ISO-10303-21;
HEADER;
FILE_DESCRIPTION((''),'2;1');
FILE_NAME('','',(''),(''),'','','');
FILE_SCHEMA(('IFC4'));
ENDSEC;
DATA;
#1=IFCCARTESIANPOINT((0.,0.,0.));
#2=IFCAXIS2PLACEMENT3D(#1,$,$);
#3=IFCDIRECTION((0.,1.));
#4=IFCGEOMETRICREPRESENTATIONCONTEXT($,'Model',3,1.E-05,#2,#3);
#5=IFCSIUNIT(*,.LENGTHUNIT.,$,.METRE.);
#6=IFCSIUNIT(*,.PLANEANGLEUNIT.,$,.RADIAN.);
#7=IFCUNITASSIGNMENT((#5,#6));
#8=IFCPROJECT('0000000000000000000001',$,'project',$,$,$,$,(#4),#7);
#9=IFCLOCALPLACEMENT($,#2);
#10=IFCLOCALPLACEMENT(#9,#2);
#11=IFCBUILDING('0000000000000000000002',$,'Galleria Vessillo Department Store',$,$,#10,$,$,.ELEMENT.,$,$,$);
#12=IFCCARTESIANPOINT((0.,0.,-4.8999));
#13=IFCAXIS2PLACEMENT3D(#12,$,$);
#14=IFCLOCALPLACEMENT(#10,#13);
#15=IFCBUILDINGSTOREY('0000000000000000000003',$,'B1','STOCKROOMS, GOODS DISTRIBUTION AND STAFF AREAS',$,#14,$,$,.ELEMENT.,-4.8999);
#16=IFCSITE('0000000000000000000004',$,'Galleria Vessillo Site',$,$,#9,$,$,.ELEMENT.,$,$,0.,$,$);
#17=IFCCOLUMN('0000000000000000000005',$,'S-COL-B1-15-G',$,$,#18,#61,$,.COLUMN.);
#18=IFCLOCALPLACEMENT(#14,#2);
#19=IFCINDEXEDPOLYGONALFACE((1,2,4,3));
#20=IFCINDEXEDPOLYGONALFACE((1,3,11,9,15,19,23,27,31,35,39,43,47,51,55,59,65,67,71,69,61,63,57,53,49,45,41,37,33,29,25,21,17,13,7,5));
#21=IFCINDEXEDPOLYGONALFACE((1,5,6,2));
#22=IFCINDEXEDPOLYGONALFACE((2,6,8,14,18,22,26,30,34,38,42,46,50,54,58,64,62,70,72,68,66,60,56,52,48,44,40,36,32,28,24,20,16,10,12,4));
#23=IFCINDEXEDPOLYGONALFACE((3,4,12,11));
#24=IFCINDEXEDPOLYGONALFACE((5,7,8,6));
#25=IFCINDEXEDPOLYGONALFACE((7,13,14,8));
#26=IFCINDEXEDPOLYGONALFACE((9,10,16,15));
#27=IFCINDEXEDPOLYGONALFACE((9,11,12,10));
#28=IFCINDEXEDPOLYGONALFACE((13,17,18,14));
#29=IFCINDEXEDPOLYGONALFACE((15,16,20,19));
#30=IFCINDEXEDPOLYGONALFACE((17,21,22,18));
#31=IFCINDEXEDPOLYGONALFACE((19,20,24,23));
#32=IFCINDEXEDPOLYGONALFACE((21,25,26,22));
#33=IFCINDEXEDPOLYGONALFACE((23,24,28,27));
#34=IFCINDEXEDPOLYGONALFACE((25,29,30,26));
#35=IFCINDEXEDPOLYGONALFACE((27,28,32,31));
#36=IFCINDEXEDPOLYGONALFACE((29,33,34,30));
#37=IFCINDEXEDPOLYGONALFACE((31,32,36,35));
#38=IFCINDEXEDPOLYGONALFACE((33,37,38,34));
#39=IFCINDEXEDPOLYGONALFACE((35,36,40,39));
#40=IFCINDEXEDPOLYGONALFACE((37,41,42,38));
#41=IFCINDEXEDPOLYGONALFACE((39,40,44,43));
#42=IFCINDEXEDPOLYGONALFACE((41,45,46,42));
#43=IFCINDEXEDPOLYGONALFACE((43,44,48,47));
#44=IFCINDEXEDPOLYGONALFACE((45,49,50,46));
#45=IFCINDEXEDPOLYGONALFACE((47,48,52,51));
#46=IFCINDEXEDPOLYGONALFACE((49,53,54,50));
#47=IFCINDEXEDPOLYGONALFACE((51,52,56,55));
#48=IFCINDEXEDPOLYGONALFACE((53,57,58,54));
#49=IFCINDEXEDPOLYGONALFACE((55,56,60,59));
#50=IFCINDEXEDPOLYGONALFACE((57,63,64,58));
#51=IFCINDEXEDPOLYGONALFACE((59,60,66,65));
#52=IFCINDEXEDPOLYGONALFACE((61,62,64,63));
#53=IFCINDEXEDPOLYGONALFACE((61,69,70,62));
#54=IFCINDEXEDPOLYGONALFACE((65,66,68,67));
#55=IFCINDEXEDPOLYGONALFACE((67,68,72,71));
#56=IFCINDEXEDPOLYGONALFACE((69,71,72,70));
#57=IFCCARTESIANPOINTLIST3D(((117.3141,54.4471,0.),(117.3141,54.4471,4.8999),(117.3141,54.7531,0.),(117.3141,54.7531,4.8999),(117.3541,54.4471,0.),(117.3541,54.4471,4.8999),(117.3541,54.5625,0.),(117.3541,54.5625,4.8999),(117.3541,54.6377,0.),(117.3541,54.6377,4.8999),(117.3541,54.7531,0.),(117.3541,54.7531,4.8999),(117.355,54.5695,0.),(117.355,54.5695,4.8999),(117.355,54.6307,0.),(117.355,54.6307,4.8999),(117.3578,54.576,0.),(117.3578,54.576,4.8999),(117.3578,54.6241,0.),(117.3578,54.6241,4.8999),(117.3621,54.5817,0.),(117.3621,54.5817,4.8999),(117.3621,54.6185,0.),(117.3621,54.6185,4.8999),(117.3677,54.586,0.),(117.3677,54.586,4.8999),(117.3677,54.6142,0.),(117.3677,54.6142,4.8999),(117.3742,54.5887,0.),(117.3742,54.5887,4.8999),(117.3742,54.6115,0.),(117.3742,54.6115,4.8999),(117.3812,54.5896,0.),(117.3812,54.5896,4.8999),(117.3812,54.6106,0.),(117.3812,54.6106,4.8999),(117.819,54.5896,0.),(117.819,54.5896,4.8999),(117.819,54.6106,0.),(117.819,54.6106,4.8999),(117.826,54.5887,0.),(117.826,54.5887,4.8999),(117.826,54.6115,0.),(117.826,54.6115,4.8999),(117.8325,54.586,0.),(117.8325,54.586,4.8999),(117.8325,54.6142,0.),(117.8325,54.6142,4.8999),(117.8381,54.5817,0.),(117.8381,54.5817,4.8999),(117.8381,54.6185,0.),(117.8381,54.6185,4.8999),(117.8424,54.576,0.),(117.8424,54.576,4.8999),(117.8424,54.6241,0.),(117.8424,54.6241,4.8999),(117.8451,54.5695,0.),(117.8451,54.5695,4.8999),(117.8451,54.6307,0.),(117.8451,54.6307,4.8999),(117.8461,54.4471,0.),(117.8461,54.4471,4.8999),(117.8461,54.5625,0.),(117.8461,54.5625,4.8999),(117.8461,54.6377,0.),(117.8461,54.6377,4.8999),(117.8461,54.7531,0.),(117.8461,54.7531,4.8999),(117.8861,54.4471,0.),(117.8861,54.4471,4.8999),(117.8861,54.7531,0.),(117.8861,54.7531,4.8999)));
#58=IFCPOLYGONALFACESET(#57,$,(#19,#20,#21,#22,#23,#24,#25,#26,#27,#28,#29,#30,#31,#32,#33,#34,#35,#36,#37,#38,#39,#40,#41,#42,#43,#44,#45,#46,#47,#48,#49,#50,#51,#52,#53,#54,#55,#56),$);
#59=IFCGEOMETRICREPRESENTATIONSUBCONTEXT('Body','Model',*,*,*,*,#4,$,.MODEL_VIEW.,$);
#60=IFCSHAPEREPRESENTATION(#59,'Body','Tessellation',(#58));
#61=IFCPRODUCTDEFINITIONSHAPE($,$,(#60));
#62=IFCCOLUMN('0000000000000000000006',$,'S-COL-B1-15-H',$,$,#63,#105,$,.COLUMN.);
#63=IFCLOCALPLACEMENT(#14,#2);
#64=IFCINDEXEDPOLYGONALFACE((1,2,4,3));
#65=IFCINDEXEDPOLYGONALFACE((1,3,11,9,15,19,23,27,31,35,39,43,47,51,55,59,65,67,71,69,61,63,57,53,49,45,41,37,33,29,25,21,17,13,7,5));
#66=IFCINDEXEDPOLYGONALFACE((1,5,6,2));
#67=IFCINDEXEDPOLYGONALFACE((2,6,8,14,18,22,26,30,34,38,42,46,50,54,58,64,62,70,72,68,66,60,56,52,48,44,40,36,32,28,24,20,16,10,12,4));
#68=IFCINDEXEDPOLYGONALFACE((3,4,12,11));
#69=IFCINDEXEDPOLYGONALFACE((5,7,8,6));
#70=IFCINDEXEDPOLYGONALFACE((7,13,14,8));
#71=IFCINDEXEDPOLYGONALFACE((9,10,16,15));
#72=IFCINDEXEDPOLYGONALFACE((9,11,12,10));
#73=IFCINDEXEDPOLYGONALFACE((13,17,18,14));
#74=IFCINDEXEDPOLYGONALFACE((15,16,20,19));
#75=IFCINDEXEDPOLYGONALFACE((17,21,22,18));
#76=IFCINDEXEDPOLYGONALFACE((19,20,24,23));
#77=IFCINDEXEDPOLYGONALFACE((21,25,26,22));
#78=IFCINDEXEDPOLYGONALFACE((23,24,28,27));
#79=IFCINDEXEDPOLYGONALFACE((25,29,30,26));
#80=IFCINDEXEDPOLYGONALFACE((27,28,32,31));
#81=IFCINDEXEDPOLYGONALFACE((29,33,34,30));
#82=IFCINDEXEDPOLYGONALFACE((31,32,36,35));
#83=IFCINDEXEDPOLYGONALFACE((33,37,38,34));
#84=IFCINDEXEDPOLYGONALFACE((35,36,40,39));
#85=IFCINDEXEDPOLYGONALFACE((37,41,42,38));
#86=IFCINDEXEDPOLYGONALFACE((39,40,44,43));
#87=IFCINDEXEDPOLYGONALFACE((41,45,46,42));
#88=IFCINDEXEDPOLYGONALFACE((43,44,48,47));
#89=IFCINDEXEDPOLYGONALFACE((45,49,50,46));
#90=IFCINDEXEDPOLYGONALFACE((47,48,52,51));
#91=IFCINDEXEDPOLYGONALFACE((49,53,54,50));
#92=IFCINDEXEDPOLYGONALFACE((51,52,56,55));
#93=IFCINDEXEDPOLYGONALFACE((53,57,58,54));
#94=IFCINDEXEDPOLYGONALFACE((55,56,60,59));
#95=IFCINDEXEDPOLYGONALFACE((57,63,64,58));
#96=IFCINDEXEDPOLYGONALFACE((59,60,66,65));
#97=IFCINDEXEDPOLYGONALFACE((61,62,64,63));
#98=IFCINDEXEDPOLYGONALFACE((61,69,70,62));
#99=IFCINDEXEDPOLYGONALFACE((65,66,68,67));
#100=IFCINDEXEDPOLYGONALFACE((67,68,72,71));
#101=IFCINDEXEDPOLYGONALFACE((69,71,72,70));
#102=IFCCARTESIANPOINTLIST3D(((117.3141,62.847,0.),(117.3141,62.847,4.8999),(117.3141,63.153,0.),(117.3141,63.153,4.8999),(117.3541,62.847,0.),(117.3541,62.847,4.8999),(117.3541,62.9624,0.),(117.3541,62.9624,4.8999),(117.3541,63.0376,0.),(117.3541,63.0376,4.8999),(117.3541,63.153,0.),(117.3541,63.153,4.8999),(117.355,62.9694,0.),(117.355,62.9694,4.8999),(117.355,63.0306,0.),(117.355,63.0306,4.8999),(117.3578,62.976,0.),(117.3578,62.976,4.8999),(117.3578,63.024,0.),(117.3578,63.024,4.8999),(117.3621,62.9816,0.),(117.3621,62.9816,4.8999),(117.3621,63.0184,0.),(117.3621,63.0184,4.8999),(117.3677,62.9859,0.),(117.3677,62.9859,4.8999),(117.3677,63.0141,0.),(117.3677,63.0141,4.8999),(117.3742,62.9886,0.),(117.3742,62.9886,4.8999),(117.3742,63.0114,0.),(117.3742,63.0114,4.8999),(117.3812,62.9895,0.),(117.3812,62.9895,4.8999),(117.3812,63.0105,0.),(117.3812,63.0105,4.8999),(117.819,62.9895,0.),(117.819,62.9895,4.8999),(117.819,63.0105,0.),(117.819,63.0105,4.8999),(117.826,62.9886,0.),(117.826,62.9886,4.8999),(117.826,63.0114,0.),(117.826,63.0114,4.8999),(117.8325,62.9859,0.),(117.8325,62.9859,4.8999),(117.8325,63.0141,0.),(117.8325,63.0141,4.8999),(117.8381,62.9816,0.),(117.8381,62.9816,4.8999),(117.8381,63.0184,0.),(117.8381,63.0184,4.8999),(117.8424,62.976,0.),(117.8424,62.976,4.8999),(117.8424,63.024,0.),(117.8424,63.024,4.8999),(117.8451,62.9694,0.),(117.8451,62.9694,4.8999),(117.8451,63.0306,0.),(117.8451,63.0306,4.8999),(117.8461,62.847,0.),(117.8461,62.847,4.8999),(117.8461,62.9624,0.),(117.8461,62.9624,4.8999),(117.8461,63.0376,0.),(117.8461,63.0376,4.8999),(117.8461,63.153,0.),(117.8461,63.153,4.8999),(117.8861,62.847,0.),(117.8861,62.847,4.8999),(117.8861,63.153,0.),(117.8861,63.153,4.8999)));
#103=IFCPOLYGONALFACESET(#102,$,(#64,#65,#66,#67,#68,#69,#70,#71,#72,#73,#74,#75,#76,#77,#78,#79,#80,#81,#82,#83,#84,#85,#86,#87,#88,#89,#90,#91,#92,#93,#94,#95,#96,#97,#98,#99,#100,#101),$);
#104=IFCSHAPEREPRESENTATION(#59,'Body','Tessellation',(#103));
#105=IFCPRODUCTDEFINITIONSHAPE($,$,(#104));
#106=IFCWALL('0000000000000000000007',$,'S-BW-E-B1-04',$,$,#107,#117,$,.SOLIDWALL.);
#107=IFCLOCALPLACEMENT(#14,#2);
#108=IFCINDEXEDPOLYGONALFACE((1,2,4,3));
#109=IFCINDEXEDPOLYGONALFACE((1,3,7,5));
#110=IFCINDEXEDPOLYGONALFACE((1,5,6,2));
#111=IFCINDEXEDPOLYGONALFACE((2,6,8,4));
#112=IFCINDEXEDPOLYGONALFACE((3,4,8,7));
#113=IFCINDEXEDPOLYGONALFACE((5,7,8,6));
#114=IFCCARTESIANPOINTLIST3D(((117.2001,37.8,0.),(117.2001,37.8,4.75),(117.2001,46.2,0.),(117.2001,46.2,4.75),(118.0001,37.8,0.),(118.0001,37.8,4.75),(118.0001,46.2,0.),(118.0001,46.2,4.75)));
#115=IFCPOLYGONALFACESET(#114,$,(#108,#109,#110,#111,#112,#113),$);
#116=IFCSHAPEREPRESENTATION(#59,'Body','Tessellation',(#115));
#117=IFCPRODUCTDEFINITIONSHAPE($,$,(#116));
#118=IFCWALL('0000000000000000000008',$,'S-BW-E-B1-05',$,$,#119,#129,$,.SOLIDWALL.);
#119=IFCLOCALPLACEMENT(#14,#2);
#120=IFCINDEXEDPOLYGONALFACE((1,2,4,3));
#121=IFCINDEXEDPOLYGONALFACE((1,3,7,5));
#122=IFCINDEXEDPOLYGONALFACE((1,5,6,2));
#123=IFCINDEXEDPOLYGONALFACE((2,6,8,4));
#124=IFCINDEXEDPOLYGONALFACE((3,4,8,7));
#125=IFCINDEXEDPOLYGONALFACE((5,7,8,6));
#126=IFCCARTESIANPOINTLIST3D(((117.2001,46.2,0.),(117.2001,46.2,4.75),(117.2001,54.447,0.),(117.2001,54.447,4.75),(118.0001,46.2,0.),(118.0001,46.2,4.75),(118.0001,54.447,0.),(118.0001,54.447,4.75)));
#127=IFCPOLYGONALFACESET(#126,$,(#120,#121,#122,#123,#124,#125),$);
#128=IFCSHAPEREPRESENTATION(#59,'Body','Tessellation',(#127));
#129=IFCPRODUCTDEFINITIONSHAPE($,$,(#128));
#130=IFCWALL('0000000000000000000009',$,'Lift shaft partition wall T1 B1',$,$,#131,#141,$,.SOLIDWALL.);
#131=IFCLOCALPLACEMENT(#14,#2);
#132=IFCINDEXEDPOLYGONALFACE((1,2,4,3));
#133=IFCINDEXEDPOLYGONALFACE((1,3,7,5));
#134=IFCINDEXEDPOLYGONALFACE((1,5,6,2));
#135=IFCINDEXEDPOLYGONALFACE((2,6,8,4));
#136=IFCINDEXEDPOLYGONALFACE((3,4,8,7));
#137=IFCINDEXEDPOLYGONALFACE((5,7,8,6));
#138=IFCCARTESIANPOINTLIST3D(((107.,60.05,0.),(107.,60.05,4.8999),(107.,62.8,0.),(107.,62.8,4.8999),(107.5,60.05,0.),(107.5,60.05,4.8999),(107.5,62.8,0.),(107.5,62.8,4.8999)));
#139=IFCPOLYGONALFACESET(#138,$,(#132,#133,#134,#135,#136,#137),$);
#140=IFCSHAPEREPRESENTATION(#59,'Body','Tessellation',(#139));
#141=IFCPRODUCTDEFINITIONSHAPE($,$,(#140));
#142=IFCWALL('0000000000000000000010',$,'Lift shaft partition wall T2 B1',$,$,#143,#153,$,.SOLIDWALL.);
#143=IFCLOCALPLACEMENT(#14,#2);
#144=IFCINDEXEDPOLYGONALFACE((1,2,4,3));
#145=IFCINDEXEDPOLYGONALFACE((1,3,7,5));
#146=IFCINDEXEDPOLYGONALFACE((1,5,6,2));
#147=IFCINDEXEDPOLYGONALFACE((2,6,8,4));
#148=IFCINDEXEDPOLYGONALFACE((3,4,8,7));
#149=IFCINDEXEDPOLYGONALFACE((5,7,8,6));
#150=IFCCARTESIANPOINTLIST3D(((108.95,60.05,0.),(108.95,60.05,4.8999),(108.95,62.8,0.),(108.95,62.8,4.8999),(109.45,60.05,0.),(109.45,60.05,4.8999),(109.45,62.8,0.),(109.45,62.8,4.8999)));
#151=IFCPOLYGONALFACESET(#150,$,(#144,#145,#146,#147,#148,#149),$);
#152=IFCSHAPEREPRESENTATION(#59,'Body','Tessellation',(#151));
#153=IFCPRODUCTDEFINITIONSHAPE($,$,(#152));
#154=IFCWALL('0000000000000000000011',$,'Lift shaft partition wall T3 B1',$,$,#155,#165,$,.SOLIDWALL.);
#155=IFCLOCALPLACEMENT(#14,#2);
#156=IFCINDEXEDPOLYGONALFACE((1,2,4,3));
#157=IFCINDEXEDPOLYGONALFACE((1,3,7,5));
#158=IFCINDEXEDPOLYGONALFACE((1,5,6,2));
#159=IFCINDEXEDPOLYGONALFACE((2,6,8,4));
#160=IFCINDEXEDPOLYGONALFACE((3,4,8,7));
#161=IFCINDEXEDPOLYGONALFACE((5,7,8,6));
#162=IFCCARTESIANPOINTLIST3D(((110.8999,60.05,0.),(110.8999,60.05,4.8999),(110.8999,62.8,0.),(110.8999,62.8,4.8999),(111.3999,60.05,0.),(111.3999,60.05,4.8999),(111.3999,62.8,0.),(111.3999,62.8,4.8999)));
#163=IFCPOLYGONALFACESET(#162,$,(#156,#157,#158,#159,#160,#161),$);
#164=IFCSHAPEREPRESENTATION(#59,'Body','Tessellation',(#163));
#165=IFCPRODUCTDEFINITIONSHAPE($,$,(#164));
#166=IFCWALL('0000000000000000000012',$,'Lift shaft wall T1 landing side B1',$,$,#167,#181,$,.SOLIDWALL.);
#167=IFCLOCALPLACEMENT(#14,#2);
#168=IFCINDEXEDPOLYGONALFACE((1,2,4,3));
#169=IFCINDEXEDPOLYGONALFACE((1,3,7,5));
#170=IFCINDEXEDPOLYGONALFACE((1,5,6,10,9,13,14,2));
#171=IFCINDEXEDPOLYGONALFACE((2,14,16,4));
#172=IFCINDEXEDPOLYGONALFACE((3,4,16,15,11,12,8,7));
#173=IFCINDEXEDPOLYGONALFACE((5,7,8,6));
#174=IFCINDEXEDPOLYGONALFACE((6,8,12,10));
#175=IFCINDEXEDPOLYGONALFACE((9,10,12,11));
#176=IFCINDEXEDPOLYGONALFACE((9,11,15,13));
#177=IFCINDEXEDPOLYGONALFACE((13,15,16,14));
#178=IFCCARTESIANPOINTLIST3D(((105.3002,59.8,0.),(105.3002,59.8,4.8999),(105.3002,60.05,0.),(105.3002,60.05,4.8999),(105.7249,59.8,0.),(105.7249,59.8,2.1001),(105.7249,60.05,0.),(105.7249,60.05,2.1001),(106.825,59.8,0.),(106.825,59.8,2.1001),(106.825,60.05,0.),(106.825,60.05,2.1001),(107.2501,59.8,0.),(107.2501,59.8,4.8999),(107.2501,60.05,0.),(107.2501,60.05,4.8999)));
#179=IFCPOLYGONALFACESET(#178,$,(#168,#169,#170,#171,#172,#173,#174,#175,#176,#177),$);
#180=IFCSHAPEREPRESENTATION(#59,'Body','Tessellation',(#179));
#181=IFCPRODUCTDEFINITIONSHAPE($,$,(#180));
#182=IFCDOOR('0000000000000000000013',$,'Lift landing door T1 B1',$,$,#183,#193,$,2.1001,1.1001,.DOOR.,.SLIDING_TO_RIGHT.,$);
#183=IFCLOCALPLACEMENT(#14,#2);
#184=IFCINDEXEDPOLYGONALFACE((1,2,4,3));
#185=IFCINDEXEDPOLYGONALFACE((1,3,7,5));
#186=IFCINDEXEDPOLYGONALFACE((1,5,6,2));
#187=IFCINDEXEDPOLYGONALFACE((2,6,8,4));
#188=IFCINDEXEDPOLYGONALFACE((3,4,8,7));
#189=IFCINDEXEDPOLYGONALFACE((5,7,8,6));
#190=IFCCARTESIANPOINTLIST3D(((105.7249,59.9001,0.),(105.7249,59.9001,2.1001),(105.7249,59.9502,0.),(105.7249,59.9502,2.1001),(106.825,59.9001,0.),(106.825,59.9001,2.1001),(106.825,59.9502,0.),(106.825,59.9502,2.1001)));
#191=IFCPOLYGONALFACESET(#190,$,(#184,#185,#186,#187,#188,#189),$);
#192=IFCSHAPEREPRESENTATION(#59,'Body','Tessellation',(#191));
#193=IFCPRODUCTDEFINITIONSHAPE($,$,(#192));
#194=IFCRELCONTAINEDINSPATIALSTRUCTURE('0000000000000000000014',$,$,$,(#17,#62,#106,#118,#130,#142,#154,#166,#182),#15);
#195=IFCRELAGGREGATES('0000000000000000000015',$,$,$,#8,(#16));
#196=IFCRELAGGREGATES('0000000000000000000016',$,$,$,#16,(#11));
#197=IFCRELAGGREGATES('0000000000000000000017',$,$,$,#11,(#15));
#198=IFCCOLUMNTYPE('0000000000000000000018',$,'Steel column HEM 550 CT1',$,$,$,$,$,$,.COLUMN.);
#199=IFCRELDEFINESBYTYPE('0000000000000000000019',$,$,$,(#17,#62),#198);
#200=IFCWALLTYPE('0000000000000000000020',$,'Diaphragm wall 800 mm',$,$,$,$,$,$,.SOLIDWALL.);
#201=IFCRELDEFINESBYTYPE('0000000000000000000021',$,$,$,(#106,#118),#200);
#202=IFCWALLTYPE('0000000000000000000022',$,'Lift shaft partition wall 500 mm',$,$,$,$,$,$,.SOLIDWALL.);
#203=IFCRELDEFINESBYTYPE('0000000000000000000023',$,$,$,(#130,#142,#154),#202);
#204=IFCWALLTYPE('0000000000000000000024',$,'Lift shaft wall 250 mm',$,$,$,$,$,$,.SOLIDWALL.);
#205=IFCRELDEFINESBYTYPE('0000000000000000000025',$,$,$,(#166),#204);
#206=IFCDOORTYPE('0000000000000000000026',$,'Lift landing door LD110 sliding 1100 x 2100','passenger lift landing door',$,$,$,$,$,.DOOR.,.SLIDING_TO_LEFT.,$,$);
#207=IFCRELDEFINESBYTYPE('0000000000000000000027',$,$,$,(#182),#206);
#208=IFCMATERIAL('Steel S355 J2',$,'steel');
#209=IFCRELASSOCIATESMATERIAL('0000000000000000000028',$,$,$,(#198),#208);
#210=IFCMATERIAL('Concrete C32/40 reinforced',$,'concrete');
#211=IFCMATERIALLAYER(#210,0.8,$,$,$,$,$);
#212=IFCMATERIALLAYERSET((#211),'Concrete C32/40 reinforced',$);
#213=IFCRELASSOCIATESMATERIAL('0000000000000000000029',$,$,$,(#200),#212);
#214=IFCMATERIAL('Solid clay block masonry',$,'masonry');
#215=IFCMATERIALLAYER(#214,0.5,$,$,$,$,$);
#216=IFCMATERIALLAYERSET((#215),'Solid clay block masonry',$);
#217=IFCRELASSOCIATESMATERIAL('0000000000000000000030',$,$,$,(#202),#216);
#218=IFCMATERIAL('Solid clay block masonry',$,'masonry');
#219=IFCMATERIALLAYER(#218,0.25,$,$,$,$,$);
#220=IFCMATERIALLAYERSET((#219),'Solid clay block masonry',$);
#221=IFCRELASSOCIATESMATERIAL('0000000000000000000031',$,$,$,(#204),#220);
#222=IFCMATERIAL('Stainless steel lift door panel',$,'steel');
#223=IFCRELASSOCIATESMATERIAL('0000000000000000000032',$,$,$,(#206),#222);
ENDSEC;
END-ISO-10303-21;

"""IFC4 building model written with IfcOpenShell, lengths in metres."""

from ifc_helpers import new_model, si_unit, direction, frame, frame_2d, origin, origin_2d, place, context, subcontext, project, spatial, rectangle, i_section, extrude, material, layer, layer_set, material_profile, profile_set, type_object, element, fill, save


model = new_model("IFC4")

# Units and contexts
model_context = context("Model", 3, precision=1e-05, world=origin(), true_north=direction((0.0, 1.0)))
body_context = subcontext(model_context, "Body", "Model", "MODEL_VIEW")
ifc_project = project(units=[si_unit("LENGTHUNIT", "METRE"), si_unit("PLANEANGLEUNIT", "RADIAN")], contexts=[model_context])

# Site, building, storey
site_placement = place(None, origin())
site = spatial("IfcSite", under=ifc_project, at=site_placement, Name="Galleria Vessillo Site", CompositionType="ELEMENT", RefElevation=0.0)
building_placement = place(site_placement, origin())
building = spatial("IfcBuilding", under=site, at=building_placement, Name="Galleria Vessillo Department Store", CompositionType="ELEMENT")
storey_placement = place(building_placement, frame((0.0, 0.0, -4.8999)))
storey = spatial("IfcBuildingStorey", under=building, at=storey_placement, Name="B1", Description="STOCKROOMS, GOODS DISTRIBUTION AND STAFF AREAS", CompositionType="ELEMENT", Elevation=-4.8999)

# Columns
ifc_material_1 = material(Name="Steel S355 J2", Category="steel")
ifc_material_profile = material_profile(ifc_material_1, i_section(OverallWidth=0.3059, OverallDepth=0.572, WebThickness=0.021, FlangeThickness=0.04, FilletRadius=0.0271, at=origin_2d()), Name="HEM 550")
ifc_profile_set = profile_set([ifc_material_profile], Name="Steel S355 J2")
column_type = type_object("IfcColumnType", Name="Steel column HEM 550 CT1", PredefinedType="COLUMN", material=ifc_profile_set)
for number, where, z_axis, x_axis, name in (
    (1, (117.6001, 54.6001, 0.0), (0.0, 0.0, 1.0), (0.0, 1.0, 0.0), "S-COL-B1-15-G"),
    (2, (117.6001, 63.0, 0.0), (0.0, 0.0, 1.0), (0.0, 1.0, 0.0), "S-COL-B1-15-H"),
):
    element("IfcColumn", number, at=place(storey_placement, frame(where, z_axis=z_axis, x_axis=x_axis)), inside=storey, type_object=column_type, Name=name, PredefinedType="COLUMN", context=body_context, shape_type="SweptSolid", body=[
        extrude(i_section(OverallWidth=0.3059, OverallDepth=0.572, WebThickness=0.021, FlangeThickness=0.04, FilletRadius=0.0271, at=origin_2d()), origin(), (0.0, 0.0, 1.0), 4.8999),
    ])

# Walls
ifc_material_2 = material(Name="Concrete C32/40 reinforced", Category="concrete")
ifc_layer_1 = layer(ifc_material_2, 0.8)
ifc_layer_set_1 = layer_set([ifc_layer_1], Name="Concrete C32/40 reinforced")
wall_type_1 = type_object("IfcWallType", Name="Diaphragm wall 800 mm", PredefinedType="SOLIDWALL", material=ifc_layer_set_1)
wall_1_placement = place(storey_placement, frame((117.6001, 37.8, 0.0), z_axis=(0.0, 0.0, 1.0), x_axis=(0.0, 1.0, 0.0)))
element("IfcWall", 3, at=wall_1_placement, inside=storey, type_object=wall_type_1, Name="S-BW-E-B1-04", PredefinedType="SOLIDWALL", context=body_context, shape_type="SweptSolid", body=[
    extrude(rectangle(XDim=8.3999, YDim=0.8, at=frame_2d((4.2, 0.0))), origin(), (0.0, 0.0, 1.0), 4.75),
])
wall_2_placement = place(storey_placement, frame((117.6001, 46.2, 0.0), z_axis=(0.0, 0.0, 1.0), x_axis=(0.0, 1.0, 0.0)))
element("IfcWall", 4, at=wall_2_placement, inside=storey, type_object=wall_type_1, Name="S-BW-E-B1-05", PredefinedType="SOLIDWALL", context=body_context, shape_type="SweptSolid", body=[
    extrude(rectangle(XDim=8.2471, YDim=0.8, at=frame_2d((4.1235, 0.0))), origin(), (0.0, 0.0, 1.0), 4.75),
])
ifc_material_3 = material(Name="Solid clay block masonry", Category="masonry")
ifc_layer_2 = layer(ifc_material_3, 0.5)
ifc_layer_set_2 = layer_set([ifc_layer_2], Name="Solid clay block masonry")
wall_type_2 = type_object("IfcWallType", Name="Lift shaft partition wall 500 mm", PredefinedType="SOLIDWALL", material=ifc_layer_set_2)
for number, where, z_axis, x_axis, name in (
    (5, (107.25, 62.8, 0.0), (0.0, 0.0, 1.0), (0.0, -1.0, 0.0), "Lift shaft partition wall T1 B1"),
    (6, (109.2, 62.8, 0.0), (0.0, 0.0, 1.0), (0.0, -1.0, 0.0), "Lift shaft partition wall T2 B1"),
    (7, (111.1499, 62.8, 0.0), (0.0, 0.0, 1.0), (0.0, -1.0, 0.0), "Lift shaft partition wall T3 B1"),
):
    element("IfcWall", number, at=place(storey_placement, frame(where, z_axis=z_axis, x_axis=x_axis)), inside=storey, type_object=wall_type_2, Name=name, PredefinedType="SOLIDWALL", context=body_context, shape_type="SweptSolid", body=[
        extrude(rectangle(XDim=2.75, YDim=0.5, at=frame_2d((1.375, 0.0))), origin(), (0.0, 0.0, 1.0), 4.8999),
    ])

# Wall, opening, door
ifc_material_4 = material(Name="Solid clay block masonry", Category="masonry")
ifc_layer_3 = layer(ifc_material_4, 0.25)
ifc_layer_set_3 = layer_set([ifc_layer_3], Name="Solid clay block masonry")
wall_type_3 = type_object("IfcWallType", Name="Lift shaft wall 250 mm", PredefinedType="SOLIDWALL", material=ifc_layer_set_3)
wall_3_placement = place(storey_placement, frame((105.3, 59.925, 0.0), z_axis=(0.0, 0.0, 1.0), x_axis=(1.0, 0.0, 0.0)))
wall_3 = element("IfcWall", 8, at=wall_3_placement, inside=storey, type_object=wall_type_3, Name="Lift shaft wall T1 landing side B1", PredefinedType="SOLIDWALL", context=body_context, shape_type="SweptSolid", body=[
    extrude(rectangle(XDim=1.95, YDim=0.25, at=frame_2d((0.9751, 0.0))), origin(), (0.0, 0.0, 1.0), 4.8999),
])
opening_1_placement = place(wall_3_placement, frame((0.4248, 0.0, 0.0)))
opening_1 = element("IfcOpeningElement", 9, at=opening_1_placement, cuts=wall_3, PredefinedType="OPENING", context=body_context, shape_type="SweptSolid", body=[
    extrude(rectangle(XDim=1.1001, YDim=2.1001, at=frame_2d((0.55, 1.05))), frame((0.0, 0.135, 0.0), z_axis=(0.0, -1.0, 0.0), x_axis=(1.0, 0.0, 0.0)), (0.0, 0.0, 1.0), 0.27),
])
ifc_material_5 = material(Name="Stainless steel lift door panel", Category="steel")
door_type = type_object("IfcDoorType", Name="Lift landing door LD110 sliding 1100 x 2100", Description="passenger lift landing door", OperationType="SLIDING_TO_LEFT", PredefinedType="DOOR", material=ifc_material_5)
door_1_placement = place(opening_1_placement, frame((1.1001, 0.0, 0.0), z_axis=(0.0, 0.0, 1.0), x_axis=(-1.0, 0.0, 0.0)))
door_1 = element("IfcDoor", 10, at=door_1_placement, inside=storey, type_object=door_type, Name="Lift landing door T1 B1", OperationType="SLIDING_TO_RIGHT", OverallHeight=2.1001, OverallWidth=1.1001, PredefinedType="DOOR", context=body_context, shape_type="SweptSolid", body=[
    extrude(rectangle(XDim=1.1001, YDim=2.1001, at=frame_2d((0.55, 1.05))), frame((0.0, 0.0249, 0.0), z_axis=(0.0, -1.0, 0.0), x_axis=(1.0, 0.0, 0.0)), (0.0, 0.0, 1.0), 0.05),
])
fill(opening_1, door_1)

save(model, "model.ifc")
